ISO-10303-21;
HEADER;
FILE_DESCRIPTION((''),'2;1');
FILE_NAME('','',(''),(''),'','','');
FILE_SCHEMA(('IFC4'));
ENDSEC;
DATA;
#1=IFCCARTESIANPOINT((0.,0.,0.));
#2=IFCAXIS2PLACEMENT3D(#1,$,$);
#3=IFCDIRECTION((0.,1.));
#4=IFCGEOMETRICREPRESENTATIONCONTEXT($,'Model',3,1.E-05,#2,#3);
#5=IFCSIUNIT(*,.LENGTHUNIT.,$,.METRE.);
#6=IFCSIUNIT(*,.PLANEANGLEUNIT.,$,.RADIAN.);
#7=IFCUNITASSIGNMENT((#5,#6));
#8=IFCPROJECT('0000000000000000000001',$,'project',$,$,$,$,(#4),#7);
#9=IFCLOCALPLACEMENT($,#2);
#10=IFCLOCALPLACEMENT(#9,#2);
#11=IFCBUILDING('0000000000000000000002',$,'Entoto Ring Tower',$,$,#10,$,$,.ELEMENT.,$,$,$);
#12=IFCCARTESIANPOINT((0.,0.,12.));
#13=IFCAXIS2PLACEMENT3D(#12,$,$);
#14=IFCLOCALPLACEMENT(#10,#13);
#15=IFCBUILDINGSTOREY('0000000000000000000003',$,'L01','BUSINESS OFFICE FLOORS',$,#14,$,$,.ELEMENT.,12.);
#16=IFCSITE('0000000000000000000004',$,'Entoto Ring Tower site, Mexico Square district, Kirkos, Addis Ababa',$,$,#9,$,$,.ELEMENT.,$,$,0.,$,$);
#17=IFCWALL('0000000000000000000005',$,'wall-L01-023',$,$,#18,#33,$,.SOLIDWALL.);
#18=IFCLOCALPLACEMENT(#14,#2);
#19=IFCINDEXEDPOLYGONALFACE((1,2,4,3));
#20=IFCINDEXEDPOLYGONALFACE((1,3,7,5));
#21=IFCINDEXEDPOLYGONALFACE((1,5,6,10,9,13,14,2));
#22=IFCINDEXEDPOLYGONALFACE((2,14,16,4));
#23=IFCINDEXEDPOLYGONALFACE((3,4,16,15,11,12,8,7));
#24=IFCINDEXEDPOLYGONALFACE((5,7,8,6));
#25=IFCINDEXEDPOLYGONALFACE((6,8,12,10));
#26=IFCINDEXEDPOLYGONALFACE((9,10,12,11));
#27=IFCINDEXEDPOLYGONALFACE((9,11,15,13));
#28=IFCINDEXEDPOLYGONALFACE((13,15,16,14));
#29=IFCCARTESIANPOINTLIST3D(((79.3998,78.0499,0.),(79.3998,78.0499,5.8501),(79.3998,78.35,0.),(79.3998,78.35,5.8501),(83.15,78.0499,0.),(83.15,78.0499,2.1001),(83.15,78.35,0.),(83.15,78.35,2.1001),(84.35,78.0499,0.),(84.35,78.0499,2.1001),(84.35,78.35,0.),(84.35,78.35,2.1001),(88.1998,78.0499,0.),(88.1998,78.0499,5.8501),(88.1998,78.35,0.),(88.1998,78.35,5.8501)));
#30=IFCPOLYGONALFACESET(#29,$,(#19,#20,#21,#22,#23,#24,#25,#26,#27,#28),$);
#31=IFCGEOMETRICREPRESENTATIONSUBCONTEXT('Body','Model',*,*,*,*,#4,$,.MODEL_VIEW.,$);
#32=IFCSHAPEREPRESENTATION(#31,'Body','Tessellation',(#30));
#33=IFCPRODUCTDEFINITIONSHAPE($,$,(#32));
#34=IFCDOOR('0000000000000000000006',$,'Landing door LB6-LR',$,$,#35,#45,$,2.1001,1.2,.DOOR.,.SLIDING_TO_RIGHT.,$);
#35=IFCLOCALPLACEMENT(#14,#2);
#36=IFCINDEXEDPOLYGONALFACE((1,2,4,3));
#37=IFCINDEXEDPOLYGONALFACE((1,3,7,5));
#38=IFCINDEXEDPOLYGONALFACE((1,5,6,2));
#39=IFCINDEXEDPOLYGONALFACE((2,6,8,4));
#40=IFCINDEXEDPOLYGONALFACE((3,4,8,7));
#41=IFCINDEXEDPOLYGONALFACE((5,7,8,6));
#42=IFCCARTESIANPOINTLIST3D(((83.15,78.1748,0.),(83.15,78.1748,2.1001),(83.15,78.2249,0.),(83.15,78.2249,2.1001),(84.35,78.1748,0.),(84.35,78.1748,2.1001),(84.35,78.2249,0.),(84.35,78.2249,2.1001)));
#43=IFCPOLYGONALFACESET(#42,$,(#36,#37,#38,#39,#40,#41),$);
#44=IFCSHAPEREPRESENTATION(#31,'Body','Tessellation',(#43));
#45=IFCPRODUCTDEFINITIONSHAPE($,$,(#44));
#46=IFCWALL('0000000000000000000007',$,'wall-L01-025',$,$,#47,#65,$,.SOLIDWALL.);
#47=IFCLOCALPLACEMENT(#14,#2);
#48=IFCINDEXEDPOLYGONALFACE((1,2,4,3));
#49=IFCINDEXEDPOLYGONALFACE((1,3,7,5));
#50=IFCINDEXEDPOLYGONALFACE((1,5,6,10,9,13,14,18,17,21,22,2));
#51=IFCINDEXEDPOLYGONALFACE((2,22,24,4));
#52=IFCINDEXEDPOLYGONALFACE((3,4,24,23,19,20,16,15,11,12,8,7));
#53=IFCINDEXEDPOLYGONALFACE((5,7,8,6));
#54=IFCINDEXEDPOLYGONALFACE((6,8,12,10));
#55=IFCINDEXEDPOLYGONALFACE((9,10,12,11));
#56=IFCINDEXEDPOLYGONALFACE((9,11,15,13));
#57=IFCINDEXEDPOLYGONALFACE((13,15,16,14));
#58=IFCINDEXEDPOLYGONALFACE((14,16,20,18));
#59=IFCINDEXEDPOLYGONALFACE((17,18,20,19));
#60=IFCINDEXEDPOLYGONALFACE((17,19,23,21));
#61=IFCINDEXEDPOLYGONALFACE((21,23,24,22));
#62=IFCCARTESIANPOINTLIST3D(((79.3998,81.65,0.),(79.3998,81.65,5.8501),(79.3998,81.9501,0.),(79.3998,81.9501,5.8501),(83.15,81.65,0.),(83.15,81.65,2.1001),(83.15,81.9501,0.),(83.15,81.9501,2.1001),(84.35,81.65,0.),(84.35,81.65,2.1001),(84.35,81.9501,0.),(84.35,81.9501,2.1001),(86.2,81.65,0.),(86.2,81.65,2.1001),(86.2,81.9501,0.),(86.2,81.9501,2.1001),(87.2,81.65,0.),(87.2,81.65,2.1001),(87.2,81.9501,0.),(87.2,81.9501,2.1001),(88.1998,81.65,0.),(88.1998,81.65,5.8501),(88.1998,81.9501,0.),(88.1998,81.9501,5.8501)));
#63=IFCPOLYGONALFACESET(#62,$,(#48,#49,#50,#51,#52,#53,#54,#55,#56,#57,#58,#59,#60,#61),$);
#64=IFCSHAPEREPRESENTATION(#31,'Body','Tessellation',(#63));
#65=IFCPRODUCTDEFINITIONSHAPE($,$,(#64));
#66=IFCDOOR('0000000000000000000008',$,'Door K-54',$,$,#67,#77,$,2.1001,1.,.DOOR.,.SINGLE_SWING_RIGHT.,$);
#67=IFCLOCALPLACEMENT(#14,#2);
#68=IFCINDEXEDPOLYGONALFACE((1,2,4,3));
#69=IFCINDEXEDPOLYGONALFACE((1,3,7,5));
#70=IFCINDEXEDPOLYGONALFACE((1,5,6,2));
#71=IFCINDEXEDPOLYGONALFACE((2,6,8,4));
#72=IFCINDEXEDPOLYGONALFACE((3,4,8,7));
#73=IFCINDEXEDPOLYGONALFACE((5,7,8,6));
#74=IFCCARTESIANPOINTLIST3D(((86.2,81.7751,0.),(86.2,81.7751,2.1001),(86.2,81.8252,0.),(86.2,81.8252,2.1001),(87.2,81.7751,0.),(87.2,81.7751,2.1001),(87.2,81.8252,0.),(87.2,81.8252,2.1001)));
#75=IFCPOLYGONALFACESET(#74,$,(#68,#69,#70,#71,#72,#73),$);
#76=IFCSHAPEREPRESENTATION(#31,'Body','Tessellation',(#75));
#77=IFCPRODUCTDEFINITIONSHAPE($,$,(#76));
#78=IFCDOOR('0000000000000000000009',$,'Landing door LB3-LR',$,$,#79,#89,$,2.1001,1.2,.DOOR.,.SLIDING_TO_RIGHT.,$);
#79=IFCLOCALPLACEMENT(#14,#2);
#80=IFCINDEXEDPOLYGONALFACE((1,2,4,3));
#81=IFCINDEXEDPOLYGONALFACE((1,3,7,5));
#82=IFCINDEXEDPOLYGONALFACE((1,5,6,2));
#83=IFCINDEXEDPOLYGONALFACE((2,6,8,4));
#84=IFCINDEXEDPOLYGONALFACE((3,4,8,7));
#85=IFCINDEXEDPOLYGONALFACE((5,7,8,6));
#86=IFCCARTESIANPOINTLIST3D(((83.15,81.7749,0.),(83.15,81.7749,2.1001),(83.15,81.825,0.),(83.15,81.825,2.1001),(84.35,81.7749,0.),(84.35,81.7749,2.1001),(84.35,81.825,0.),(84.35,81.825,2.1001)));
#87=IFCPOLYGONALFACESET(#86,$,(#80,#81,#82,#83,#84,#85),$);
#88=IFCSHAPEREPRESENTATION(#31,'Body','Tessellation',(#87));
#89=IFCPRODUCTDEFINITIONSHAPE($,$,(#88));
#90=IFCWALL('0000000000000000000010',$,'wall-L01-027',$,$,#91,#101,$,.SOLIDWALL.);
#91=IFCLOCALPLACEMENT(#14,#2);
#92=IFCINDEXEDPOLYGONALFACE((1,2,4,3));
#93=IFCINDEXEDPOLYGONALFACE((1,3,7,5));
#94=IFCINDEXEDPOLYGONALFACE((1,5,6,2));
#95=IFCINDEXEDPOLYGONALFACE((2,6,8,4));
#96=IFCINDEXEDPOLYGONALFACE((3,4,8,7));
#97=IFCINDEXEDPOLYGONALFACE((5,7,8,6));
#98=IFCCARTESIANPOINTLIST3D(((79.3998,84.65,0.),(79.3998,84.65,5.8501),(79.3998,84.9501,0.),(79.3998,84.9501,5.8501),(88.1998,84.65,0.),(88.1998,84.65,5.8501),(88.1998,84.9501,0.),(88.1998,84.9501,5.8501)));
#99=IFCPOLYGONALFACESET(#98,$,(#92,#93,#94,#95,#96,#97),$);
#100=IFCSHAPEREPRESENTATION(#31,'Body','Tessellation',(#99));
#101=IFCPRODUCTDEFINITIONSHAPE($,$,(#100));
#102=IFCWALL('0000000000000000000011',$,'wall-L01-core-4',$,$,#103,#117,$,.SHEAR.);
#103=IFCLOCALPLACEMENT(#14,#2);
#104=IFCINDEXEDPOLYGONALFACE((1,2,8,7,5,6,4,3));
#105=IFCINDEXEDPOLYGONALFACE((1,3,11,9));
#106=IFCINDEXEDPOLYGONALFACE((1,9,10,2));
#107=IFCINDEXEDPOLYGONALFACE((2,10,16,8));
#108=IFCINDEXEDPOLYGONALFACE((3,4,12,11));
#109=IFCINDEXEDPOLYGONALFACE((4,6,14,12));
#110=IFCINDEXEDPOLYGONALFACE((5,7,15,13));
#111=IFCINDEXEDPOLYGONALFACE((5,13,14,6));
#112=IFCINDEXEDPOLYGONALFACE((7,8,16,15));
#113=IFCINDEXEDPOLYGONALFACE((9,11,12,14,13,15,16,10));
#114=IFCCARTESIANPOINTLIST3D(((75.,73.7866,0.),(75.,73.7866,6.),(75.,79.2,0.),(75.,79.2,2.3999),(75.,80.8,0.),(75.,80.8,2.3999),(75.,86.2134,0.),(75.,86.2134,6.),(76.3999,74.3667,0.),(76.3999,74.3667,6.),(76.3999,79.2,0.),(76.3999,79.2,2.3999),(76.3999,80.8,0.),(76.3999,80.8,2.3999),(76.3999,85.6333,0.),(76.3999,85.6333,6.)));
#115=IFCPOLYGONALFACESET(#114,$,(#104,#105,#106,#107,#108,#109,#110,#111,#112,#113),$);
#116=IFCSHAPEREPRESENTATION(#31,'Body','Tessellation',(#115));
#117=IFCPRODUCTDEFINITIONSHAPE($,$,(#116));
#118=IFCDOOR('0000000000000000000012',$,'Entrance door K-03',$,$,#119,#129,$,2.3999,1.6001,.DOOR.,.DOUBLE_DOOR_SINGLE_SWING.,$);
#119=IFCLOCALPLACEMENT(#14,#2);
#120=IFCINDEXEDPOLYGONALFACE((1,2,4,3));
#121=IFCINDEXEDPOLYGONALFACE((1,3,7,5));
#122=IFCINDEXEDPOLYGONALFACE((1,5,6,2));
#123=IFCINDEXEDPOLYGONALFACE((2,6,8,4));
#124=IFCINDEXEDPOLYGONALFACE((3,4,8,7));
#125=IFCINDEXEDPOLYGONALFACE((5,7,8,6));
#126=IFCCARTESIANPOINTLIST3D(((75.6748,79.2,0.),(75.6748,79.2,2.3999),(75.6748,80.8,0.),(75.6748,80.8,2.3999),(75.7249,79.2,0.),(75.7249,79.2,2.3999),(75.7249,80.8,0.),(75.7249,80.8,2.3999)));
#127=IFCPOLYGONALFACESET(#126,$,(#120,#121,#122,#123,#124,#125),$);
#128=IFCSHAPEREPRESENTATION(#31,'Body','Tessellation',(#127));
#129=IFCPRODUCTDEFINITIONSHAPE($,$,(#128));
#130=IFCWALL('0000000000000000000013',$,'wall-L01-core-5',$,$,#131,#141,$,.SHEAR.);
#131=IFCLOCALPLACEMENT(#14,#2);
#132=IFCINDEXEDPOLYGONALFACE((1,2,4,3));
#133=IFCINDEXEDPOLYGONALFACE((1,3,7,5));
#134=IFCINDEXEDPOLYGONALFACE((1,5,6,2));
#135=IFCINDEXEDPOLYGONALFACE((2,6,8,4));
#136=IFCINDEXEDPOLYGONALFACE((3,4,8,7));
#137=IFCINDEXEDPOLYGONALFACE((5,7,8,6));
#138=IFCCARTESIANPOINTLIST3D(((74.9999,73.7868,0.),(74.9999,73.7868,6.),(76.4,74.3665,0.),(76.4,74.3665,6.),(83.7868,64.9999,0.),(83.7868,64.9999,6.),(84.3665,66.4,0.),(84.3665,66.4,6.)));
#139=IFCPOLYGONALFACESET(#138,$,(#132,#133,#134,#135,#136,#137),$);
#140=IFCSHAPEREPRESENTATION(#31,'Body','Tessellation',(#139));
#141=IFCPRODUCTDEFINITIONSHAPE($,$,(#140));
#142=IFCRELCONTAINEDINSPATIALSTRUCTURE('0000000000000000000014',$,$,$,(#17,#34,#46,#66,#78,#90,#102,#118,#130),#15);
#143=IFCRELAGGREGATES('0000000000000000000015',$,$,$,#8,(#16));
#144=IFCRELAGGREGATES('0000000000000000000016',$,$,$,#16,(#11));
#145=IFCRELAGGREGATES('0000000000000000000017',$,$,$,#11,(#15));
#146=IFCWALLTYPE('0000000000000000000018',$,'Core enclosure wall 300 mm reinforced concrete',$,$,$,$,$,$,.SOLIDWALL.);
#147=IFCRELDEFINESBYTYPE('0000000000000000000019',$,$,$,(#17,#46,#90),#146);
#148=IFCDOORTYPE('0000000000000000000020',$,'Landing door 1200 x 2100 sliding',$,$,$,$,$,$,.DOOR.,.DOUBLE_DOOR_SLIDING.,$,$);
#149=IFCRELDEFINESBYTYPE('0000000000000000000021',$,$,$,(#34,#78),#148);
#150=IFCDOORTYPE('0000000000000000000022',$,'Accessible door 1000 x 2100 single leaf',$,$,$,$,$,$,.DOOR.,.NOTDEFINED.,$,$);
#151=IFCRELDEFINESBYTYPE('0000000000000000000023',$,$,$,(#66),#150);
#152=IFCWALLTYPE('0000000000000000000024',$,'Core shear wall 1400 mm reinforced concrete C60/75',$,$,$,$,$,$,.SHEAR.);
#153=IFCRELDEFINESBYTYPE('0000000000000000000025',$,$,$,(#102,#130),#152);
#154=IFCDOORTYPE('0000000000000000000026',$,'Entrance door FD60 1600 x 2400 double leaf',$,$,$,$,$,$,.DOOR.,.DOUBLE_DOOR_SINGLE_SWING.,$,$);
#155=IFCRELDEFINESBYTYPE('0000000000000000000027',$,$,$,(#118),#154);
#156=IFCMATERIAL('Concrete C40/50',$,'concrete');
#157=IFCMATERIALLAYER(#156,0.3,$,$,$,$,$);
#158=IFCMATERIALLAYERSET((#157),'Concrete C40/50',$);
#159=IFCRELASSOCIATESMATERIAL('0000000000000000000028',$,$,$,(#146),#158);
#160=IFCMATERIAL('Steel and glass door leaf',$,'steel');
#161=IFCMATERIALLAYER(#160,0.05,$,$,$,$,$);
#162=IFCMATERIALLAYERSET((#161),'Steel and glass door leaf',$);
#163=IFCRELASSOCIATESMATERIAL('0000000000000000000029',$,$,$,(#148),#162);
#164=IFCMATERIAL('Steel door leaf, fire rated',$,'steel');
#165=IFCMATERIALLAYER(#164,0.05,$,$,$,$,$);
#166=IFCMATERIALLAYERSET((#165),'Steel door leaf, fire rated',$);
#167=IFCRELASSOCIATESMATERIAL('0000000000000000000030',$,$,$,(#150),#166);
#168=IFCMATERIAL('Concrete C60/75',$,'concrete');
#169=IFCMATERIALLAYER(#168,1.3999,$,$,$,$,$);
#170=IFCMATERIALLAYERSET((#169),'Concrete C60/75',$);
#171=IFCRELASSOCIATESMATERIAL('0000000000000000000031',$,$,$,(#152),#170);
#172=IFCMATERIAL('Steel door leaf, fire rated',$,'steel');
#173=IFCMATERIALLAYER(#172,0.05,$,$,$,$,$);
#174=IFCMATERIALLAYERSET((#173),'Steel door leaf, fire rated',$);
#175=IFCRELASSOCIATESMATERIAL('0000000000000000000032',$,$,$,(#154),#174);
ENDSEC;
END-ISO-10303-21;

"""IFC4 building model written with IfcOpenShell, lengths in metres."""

from ifc_helpers import new_model, si_unit, direction, frame, frame_2d, origin, place, context, subcontext, project, spatial, polyline, rectangle, outline, extrude, material, layer, layer_set, type_object, element, fill, save


model = new_model("IFC4")

# Units and contexts
model_context = context("Model", 3, precision=1e-05, world=origin(), true_north=direction((0.0, 1.0)))
body_context = subcontext(model_context, "Body", "Model", "MODEL_VIEW")
ifc_project = project(units=[si_unit("LENGTHUNIT", "METRE"), si_unit("PLANEANGLEUNIT", "RADIAN")], contexts=[model_context])

# Site, building, storey
site_placement = place(None, origin())
site = spatial("IfcSite", under=ifc_project, at=site_placement, Name="Entoto Ring Tower site, Mexico Square district, Kirkos, Addis Ababa", CompositionType="ELEMENT", RefElevation=0.0)
building_placement = place(site_placement, origin())
building = spatial("IfcBuilding", under=site, at=building_placement, Name="Entoto Ring Tower", CompositionType="ELEMENT")
storey_placement = place(building_placement, frame((0.0, 0.0, 12.0)))
storey = spatial("IfcBuildingStorey", under=building, at=storey_placement, Name="L01", Description="BUSINESS OFFICE FLOORS", CompositionType="ELEMENT", Elevation=12.0)

# Shared definitions
ifc_material_1 = material(Name="Concrete C40/50", Category="concrete")
ifc_layer_1 = layer(ifc_material_1, 0.3)
ifc_layer_set_1 = layer_set([ifc_layer_1], Name="Concrete C40/50")
wall_type_1 = type_object("IfcWallType", Name="Core enclosure wall 300 mm reinforced concrete", PredefinedType="SOLIDWALL", material=ifc_layer_set_1)

# Wall, opening, door
wall_1_placement = place(storey_placement, frame((79.3999, 78.2, 0.0), z_axis=(0.0, 0.0, 1.0), x_axis=(1.0, 0.0, 0.0)))
wall_1 = element("IfcWall", 1, at=wall_1_placement, inside=storey, type_object=wall_type_1, Name="wall-L01-023", PredefinedType="SOLIDWALL", context=body_context, shape_type="SweptSolid", body=[
    extrude(rectangle(XDim=8.8, YDim=0.3, at=frame_2d((4.3999, 0.0))), origin(), (0.0, 0.0, 1.0), 5.8501),
])
opening_1_placement = place(wall_1_placement, frame((3.75, 0.0, 0.0)))
opening_1 = element("IfcOpeningElement", 2, at=opening_1_placement, cuts=wall_1, PredefinedType="OPENING", context=body_context, shape_type="SweptSolid", body=[
    extrude(rectangle(XDim=1.2, YDim=2.1001, at=frame_2d((0.6001, 1.05))), frame((0.0, 0.1602, 0.0), z_axis=(0.0, -1.0, 0.0), x_axis=(1.0, 0.0, 0.0)), (0.0, 0.0, 1.0), 0.3201),
])
ifc_material_2 = material(Name="Steel and glass door leaf", Category="steel")
ifc_layer_2 = layer(ifc_material_2, 0.05)
ifc_layer_set_2 = layer_set([ifc_layer_2], Name="Steel and glass door leaf")
door_type_1 = type_object("IfcDoorType", Name="Landing door 1200 x 2100 sliding", OperationType="DOUBLE_DOOR_SLIDING", PredefinedType="DOOR", material=ifc_layer_set_2)
door_1_placement = place(opening_1_placement, origin())
door_1 = element("IfcDoor", 3, at=door_1_placement, inside=storey, type_object=door_type_1, Name="Landing door LB6-LR", OperationType="SLIDING_TO_RIGHT", OverallHeight=2.1001, OverallWidth=1.2, PredefinedType="DOOR", context=body_context, shape_type="SweptSolid", body=[
    extrude(rectangle(XDim=1.2, YDim=2.1001, at=frame_2d((0.6001, 1.05))), frame((0.0, 0.0249, 0.0), z_axis=(0.0, -1.0, 0.0), x_axis=(1.0, 0.0, 0.0)), (0.0, 0.0, 1.0), 0.05),
])
fill(opening_1, door_1)

# Wall, openings, doors
wall_2_placement = place(storey_placement, frame((79.3999, 81.8, 0.0), z_axis=(0.0, 0.0, 1.0), x_axis=(1.0, 0.0, 0.0)))
wall_2 = element("IfcWall", 4, at=wall_2_placement, inside=storey, type_object=wall_type_1, Name="wall-L01-025", PredefinedType="SOLIDWALL", context=body_context, shape_type="SweptSolid", body=[
    extrude(rectangle(XDim=8.8, YDim=0.3, at=frame_2d((4.3999, 0.0))), origin(), (0.0, 0.0, 1.0), 5.8501),
])
opening_2_placement = place(wall_2_placement, frame((3.75, 0.0, 0.0)))
opening_2 = element("IfcOpeningElement", 5, at=opening_2_placement, cuts=wall_2, PredefinedType="OPENING", context=body_context, shape_type="SweptSolid", body=[
    extrude(rectangle(XDim=1.2, YDim=2.1001, at=frame_2d((0.6001, 1.05))), frame((0.0, 0.1602, 0.0), z_axis=(0.0, -1.0, 0.0), x_axis=(1.0, 0.0, 0.0)), (0.0, 0.0, 1.0), 0.3201),
])
opening_3_placement = place(wall_2_placement, frame((6.8, 0.0, 0.0)))
opening_3 = element("IfcOpeningElement", 6, at=opening_3_placement, cuts=wall_2, PredefinedType="OPENING", context=body_context, shape_type="SweptSolid", body=[
    extrude(rectangle(XDim=1.0, YDim=2.1001, at=frame_2d((0.5, 1.05))), frame((0.0, 0.1602, 0.0), z_axis=(0.0, -1.0, 0.0), x_axis=(1.0, 0.0, 0.0)), (0.0, 0.0, 1.0), 0.3201),
])
ifc_material_3 = material(Name="Steel door leaf, fire rated", Category="steel")
ifc_layer_3 = layer(ifc_material_3, 0.05)
ifc_layer_set_3 = layer_set([ifc_layer_3], Name="Steel door leaf, fire rated")
door_type_2 = type_object("IfcDoorType", Name="Accessible door 1000 x 2100 single leaf", OperationType="NOTDEFINED", PredefinedType="DOOR", material=ifc_layer_set_3)
door_2_placement = place(opening_3_placement, frame((1.0, 0.0, 0.0), z_axis=(0.0, 0.0, 1.0), x_axis=(-1.0, 0.0, 0.0)))
door_2 = element("IfcDoor", 7, at=door_2_placement, inside=storey, type_object=door_type_2, Name="Door K-54", OperationType="SINGLE_SWING_RIGHT", OverallHeight=2.1001, OverallWidth=1.0, PredefinedType="DOOR", context=body_context, shape_type="SweptSolid", body=[
    extrude(rectangle(XDim=1.0, YDim=2.1001, at=frame_2d((0.5, 1.05))), frame((0.0, 0.0249, 0.0), z_axis=(0.0, -1.0, 0.0), x_axis=(1.0, 0.0, 0.0)), (0.0, 0.0, 1.0), 0.05),
])
fill(opening_3, door_2)
door_3_placement = place(opening_2_placement, origin())
door_3 = element("IfcDoor", 8, at=door_3_placement, inside=storey, type_object=door_type_1, Name="Landing door LB3-LR", OperationType="SLIDING_TO_RIGHT", OverallHeight=2.1001, OverallWidth=1.2, PredefinedType="DOOR", context=body_context, shape_type="SweptSolid", body=[
    extrude(rectangle(XDim=1.2, YDim=2.1001, at=frame_2d((0.6001, 1.05))), frame((0.0, 0.0249, 0.0), z_axis=(0.0, -1.0, 0.0), x_axis=(1.0, 0.0, 0.0)), (0.0, 0.0, 1.0), 0.05),
])
fill(opening_2, door_3)

# Wall
wall_3_placement = place(storey_placement, frame((79.3999, 84.8, 0.0), z_axis=(0.0, 0.0, 1.0), x_axis=(1.0, 0.0, 0.0)))
element("IfcWall", 9, at=wall_3_placement, inside=storey, type_object=wall_type_1, Name="wall-L01-027", PredefinedType="SOLIDWALL", context=body_context, shape_type="SweptSolid", body=[
    extrude(rectangle(XDim=8.8, YDim=0.3, at=frame_2d((4.3999, 0.0))), origin(), (0.0, 0.0, 1.0), 5.8501),
])

# Wall, opening, door
ifc_material_4 = material(Name="Concrete C60/75", Category="concrete")
ifc_layer_4 = layer(ifc_material_4, 1.3999)
ifc_layer_set_4 = layer_set([ifc_layer_4], Name="Concrete C60/75")
wall_type_2 = type_object("IfcWallType", Name="Core shear wall 1400 mm reinforced concrete C60/75", PredefinedType="SHEAR", material=ifc_layer_set_4)
wall_4_placement = place(storey_placement, frame((75.7, 85.9233, 0.0), z_axis=(0.0, 0.0, 1.0), x_axis=(0.0, -1.0, 0.0)))
wall_4 = element("IfcWall", 10, at=wall_4_placement, inside=storey, type_object=wall_type_2, Name="wall-L01-core-4", PredefinedType="SHEAR", context=body_context, shape_type="SweptSolid", body=[
    extrude(outline(polyline([(-0.29, -0.7), (12.1367, -0.7), (11.5566, 0.7), (0.29, 0.7), (-0.29, -0.7)])), origin(), (0.0, 0.0, 1.0), 6.0),
])
opening_4_placement = place(wall_4_placement, frame((5.1233, 0.0, 0.0)))
opening_4 = element("IfcOpeningElement", 11, at=opening_4_placement, cuts=wall_4, PredefinedType="OPENING", context=body_context, shape_type="SweptSolid", body=[
    extrude(rectangle(XDim=1.6001, YDim=2.3999, at=frame_2d((0.8, 1.2))), frame((0.0, 0.71, 0.0), z_axis=(0.0, -1.0, 0.0), x_axis=(1.0, 0.0, 0.0)), (0.0, 0.0, 1.0), 1.4199),
])
ifc_material_5 = material(Name="Steel door leaf, fire rated", Category="steel")
ifc_layer_5 = layer(ifc_material_5, 0.05)
ifc_layer_set_5 = layer_set([ifc_layer_5], Name="Steel door leaf, fire rated")
door_type_3 = type_object("IfcDoorType", Name="Entrance door FD60 1600 x 2400 double leaf", OperationType="DOUBLE_DOOR_SINGLE_SWING", PredefinedType="DOOR", material=ifc_layer_set_5)
door_4_placement = place(opening_4_placement, origin())
door_4 = element("IfcDoor", 12, at=door_4_placement, inside=storey, type_object=door_type_3, Name="Entrance door K-03", OperationType="DOUBLE_DOOR_SINGLE_SWING", OverallHeight=2.3999, OverallWidth=1.6001, PredefinedType="DOOR", context=body_context, shape_type="SweptSolid", body=[
    extrude(rectangle(XDim=1.6001, YDim=2.3999, at=frame_2d((0.8, 1.2))), frame((0.0, 0.0249, 0.0), z_axis=(0.0, -1.0, 0.0), x_axis=(1.0, 0.0, 0.0)), (0.0, 0.0, 1.0), 0.05),
])
fill(opening_4, door_4)

# Wall
wall_5_placement = place(storey_placement, frame((75.7, 74.0767, 0.0), z_axis=(0.0, 0.0, 1.0), x_axis=(0.707107, -0.707107, 0.0)))
element("IfcWall", 13, at=wall_5_placement, inside=storey, type_object=wall_type_2, Name="wall-L01-core-5", PredefinedType="SHEAR", context=body_context, shape_type="SweptSolid", body=[
    extrude(outline(polyline([(-0.29, -0.7), (12.1365, -0.7), (11.5564, 0.7), (0.29, 0.7), (-0.29, -0.7)])), origin(), (0.0, 0.0, 1.0), 6.0),
])

save(model, "model.ifc")
